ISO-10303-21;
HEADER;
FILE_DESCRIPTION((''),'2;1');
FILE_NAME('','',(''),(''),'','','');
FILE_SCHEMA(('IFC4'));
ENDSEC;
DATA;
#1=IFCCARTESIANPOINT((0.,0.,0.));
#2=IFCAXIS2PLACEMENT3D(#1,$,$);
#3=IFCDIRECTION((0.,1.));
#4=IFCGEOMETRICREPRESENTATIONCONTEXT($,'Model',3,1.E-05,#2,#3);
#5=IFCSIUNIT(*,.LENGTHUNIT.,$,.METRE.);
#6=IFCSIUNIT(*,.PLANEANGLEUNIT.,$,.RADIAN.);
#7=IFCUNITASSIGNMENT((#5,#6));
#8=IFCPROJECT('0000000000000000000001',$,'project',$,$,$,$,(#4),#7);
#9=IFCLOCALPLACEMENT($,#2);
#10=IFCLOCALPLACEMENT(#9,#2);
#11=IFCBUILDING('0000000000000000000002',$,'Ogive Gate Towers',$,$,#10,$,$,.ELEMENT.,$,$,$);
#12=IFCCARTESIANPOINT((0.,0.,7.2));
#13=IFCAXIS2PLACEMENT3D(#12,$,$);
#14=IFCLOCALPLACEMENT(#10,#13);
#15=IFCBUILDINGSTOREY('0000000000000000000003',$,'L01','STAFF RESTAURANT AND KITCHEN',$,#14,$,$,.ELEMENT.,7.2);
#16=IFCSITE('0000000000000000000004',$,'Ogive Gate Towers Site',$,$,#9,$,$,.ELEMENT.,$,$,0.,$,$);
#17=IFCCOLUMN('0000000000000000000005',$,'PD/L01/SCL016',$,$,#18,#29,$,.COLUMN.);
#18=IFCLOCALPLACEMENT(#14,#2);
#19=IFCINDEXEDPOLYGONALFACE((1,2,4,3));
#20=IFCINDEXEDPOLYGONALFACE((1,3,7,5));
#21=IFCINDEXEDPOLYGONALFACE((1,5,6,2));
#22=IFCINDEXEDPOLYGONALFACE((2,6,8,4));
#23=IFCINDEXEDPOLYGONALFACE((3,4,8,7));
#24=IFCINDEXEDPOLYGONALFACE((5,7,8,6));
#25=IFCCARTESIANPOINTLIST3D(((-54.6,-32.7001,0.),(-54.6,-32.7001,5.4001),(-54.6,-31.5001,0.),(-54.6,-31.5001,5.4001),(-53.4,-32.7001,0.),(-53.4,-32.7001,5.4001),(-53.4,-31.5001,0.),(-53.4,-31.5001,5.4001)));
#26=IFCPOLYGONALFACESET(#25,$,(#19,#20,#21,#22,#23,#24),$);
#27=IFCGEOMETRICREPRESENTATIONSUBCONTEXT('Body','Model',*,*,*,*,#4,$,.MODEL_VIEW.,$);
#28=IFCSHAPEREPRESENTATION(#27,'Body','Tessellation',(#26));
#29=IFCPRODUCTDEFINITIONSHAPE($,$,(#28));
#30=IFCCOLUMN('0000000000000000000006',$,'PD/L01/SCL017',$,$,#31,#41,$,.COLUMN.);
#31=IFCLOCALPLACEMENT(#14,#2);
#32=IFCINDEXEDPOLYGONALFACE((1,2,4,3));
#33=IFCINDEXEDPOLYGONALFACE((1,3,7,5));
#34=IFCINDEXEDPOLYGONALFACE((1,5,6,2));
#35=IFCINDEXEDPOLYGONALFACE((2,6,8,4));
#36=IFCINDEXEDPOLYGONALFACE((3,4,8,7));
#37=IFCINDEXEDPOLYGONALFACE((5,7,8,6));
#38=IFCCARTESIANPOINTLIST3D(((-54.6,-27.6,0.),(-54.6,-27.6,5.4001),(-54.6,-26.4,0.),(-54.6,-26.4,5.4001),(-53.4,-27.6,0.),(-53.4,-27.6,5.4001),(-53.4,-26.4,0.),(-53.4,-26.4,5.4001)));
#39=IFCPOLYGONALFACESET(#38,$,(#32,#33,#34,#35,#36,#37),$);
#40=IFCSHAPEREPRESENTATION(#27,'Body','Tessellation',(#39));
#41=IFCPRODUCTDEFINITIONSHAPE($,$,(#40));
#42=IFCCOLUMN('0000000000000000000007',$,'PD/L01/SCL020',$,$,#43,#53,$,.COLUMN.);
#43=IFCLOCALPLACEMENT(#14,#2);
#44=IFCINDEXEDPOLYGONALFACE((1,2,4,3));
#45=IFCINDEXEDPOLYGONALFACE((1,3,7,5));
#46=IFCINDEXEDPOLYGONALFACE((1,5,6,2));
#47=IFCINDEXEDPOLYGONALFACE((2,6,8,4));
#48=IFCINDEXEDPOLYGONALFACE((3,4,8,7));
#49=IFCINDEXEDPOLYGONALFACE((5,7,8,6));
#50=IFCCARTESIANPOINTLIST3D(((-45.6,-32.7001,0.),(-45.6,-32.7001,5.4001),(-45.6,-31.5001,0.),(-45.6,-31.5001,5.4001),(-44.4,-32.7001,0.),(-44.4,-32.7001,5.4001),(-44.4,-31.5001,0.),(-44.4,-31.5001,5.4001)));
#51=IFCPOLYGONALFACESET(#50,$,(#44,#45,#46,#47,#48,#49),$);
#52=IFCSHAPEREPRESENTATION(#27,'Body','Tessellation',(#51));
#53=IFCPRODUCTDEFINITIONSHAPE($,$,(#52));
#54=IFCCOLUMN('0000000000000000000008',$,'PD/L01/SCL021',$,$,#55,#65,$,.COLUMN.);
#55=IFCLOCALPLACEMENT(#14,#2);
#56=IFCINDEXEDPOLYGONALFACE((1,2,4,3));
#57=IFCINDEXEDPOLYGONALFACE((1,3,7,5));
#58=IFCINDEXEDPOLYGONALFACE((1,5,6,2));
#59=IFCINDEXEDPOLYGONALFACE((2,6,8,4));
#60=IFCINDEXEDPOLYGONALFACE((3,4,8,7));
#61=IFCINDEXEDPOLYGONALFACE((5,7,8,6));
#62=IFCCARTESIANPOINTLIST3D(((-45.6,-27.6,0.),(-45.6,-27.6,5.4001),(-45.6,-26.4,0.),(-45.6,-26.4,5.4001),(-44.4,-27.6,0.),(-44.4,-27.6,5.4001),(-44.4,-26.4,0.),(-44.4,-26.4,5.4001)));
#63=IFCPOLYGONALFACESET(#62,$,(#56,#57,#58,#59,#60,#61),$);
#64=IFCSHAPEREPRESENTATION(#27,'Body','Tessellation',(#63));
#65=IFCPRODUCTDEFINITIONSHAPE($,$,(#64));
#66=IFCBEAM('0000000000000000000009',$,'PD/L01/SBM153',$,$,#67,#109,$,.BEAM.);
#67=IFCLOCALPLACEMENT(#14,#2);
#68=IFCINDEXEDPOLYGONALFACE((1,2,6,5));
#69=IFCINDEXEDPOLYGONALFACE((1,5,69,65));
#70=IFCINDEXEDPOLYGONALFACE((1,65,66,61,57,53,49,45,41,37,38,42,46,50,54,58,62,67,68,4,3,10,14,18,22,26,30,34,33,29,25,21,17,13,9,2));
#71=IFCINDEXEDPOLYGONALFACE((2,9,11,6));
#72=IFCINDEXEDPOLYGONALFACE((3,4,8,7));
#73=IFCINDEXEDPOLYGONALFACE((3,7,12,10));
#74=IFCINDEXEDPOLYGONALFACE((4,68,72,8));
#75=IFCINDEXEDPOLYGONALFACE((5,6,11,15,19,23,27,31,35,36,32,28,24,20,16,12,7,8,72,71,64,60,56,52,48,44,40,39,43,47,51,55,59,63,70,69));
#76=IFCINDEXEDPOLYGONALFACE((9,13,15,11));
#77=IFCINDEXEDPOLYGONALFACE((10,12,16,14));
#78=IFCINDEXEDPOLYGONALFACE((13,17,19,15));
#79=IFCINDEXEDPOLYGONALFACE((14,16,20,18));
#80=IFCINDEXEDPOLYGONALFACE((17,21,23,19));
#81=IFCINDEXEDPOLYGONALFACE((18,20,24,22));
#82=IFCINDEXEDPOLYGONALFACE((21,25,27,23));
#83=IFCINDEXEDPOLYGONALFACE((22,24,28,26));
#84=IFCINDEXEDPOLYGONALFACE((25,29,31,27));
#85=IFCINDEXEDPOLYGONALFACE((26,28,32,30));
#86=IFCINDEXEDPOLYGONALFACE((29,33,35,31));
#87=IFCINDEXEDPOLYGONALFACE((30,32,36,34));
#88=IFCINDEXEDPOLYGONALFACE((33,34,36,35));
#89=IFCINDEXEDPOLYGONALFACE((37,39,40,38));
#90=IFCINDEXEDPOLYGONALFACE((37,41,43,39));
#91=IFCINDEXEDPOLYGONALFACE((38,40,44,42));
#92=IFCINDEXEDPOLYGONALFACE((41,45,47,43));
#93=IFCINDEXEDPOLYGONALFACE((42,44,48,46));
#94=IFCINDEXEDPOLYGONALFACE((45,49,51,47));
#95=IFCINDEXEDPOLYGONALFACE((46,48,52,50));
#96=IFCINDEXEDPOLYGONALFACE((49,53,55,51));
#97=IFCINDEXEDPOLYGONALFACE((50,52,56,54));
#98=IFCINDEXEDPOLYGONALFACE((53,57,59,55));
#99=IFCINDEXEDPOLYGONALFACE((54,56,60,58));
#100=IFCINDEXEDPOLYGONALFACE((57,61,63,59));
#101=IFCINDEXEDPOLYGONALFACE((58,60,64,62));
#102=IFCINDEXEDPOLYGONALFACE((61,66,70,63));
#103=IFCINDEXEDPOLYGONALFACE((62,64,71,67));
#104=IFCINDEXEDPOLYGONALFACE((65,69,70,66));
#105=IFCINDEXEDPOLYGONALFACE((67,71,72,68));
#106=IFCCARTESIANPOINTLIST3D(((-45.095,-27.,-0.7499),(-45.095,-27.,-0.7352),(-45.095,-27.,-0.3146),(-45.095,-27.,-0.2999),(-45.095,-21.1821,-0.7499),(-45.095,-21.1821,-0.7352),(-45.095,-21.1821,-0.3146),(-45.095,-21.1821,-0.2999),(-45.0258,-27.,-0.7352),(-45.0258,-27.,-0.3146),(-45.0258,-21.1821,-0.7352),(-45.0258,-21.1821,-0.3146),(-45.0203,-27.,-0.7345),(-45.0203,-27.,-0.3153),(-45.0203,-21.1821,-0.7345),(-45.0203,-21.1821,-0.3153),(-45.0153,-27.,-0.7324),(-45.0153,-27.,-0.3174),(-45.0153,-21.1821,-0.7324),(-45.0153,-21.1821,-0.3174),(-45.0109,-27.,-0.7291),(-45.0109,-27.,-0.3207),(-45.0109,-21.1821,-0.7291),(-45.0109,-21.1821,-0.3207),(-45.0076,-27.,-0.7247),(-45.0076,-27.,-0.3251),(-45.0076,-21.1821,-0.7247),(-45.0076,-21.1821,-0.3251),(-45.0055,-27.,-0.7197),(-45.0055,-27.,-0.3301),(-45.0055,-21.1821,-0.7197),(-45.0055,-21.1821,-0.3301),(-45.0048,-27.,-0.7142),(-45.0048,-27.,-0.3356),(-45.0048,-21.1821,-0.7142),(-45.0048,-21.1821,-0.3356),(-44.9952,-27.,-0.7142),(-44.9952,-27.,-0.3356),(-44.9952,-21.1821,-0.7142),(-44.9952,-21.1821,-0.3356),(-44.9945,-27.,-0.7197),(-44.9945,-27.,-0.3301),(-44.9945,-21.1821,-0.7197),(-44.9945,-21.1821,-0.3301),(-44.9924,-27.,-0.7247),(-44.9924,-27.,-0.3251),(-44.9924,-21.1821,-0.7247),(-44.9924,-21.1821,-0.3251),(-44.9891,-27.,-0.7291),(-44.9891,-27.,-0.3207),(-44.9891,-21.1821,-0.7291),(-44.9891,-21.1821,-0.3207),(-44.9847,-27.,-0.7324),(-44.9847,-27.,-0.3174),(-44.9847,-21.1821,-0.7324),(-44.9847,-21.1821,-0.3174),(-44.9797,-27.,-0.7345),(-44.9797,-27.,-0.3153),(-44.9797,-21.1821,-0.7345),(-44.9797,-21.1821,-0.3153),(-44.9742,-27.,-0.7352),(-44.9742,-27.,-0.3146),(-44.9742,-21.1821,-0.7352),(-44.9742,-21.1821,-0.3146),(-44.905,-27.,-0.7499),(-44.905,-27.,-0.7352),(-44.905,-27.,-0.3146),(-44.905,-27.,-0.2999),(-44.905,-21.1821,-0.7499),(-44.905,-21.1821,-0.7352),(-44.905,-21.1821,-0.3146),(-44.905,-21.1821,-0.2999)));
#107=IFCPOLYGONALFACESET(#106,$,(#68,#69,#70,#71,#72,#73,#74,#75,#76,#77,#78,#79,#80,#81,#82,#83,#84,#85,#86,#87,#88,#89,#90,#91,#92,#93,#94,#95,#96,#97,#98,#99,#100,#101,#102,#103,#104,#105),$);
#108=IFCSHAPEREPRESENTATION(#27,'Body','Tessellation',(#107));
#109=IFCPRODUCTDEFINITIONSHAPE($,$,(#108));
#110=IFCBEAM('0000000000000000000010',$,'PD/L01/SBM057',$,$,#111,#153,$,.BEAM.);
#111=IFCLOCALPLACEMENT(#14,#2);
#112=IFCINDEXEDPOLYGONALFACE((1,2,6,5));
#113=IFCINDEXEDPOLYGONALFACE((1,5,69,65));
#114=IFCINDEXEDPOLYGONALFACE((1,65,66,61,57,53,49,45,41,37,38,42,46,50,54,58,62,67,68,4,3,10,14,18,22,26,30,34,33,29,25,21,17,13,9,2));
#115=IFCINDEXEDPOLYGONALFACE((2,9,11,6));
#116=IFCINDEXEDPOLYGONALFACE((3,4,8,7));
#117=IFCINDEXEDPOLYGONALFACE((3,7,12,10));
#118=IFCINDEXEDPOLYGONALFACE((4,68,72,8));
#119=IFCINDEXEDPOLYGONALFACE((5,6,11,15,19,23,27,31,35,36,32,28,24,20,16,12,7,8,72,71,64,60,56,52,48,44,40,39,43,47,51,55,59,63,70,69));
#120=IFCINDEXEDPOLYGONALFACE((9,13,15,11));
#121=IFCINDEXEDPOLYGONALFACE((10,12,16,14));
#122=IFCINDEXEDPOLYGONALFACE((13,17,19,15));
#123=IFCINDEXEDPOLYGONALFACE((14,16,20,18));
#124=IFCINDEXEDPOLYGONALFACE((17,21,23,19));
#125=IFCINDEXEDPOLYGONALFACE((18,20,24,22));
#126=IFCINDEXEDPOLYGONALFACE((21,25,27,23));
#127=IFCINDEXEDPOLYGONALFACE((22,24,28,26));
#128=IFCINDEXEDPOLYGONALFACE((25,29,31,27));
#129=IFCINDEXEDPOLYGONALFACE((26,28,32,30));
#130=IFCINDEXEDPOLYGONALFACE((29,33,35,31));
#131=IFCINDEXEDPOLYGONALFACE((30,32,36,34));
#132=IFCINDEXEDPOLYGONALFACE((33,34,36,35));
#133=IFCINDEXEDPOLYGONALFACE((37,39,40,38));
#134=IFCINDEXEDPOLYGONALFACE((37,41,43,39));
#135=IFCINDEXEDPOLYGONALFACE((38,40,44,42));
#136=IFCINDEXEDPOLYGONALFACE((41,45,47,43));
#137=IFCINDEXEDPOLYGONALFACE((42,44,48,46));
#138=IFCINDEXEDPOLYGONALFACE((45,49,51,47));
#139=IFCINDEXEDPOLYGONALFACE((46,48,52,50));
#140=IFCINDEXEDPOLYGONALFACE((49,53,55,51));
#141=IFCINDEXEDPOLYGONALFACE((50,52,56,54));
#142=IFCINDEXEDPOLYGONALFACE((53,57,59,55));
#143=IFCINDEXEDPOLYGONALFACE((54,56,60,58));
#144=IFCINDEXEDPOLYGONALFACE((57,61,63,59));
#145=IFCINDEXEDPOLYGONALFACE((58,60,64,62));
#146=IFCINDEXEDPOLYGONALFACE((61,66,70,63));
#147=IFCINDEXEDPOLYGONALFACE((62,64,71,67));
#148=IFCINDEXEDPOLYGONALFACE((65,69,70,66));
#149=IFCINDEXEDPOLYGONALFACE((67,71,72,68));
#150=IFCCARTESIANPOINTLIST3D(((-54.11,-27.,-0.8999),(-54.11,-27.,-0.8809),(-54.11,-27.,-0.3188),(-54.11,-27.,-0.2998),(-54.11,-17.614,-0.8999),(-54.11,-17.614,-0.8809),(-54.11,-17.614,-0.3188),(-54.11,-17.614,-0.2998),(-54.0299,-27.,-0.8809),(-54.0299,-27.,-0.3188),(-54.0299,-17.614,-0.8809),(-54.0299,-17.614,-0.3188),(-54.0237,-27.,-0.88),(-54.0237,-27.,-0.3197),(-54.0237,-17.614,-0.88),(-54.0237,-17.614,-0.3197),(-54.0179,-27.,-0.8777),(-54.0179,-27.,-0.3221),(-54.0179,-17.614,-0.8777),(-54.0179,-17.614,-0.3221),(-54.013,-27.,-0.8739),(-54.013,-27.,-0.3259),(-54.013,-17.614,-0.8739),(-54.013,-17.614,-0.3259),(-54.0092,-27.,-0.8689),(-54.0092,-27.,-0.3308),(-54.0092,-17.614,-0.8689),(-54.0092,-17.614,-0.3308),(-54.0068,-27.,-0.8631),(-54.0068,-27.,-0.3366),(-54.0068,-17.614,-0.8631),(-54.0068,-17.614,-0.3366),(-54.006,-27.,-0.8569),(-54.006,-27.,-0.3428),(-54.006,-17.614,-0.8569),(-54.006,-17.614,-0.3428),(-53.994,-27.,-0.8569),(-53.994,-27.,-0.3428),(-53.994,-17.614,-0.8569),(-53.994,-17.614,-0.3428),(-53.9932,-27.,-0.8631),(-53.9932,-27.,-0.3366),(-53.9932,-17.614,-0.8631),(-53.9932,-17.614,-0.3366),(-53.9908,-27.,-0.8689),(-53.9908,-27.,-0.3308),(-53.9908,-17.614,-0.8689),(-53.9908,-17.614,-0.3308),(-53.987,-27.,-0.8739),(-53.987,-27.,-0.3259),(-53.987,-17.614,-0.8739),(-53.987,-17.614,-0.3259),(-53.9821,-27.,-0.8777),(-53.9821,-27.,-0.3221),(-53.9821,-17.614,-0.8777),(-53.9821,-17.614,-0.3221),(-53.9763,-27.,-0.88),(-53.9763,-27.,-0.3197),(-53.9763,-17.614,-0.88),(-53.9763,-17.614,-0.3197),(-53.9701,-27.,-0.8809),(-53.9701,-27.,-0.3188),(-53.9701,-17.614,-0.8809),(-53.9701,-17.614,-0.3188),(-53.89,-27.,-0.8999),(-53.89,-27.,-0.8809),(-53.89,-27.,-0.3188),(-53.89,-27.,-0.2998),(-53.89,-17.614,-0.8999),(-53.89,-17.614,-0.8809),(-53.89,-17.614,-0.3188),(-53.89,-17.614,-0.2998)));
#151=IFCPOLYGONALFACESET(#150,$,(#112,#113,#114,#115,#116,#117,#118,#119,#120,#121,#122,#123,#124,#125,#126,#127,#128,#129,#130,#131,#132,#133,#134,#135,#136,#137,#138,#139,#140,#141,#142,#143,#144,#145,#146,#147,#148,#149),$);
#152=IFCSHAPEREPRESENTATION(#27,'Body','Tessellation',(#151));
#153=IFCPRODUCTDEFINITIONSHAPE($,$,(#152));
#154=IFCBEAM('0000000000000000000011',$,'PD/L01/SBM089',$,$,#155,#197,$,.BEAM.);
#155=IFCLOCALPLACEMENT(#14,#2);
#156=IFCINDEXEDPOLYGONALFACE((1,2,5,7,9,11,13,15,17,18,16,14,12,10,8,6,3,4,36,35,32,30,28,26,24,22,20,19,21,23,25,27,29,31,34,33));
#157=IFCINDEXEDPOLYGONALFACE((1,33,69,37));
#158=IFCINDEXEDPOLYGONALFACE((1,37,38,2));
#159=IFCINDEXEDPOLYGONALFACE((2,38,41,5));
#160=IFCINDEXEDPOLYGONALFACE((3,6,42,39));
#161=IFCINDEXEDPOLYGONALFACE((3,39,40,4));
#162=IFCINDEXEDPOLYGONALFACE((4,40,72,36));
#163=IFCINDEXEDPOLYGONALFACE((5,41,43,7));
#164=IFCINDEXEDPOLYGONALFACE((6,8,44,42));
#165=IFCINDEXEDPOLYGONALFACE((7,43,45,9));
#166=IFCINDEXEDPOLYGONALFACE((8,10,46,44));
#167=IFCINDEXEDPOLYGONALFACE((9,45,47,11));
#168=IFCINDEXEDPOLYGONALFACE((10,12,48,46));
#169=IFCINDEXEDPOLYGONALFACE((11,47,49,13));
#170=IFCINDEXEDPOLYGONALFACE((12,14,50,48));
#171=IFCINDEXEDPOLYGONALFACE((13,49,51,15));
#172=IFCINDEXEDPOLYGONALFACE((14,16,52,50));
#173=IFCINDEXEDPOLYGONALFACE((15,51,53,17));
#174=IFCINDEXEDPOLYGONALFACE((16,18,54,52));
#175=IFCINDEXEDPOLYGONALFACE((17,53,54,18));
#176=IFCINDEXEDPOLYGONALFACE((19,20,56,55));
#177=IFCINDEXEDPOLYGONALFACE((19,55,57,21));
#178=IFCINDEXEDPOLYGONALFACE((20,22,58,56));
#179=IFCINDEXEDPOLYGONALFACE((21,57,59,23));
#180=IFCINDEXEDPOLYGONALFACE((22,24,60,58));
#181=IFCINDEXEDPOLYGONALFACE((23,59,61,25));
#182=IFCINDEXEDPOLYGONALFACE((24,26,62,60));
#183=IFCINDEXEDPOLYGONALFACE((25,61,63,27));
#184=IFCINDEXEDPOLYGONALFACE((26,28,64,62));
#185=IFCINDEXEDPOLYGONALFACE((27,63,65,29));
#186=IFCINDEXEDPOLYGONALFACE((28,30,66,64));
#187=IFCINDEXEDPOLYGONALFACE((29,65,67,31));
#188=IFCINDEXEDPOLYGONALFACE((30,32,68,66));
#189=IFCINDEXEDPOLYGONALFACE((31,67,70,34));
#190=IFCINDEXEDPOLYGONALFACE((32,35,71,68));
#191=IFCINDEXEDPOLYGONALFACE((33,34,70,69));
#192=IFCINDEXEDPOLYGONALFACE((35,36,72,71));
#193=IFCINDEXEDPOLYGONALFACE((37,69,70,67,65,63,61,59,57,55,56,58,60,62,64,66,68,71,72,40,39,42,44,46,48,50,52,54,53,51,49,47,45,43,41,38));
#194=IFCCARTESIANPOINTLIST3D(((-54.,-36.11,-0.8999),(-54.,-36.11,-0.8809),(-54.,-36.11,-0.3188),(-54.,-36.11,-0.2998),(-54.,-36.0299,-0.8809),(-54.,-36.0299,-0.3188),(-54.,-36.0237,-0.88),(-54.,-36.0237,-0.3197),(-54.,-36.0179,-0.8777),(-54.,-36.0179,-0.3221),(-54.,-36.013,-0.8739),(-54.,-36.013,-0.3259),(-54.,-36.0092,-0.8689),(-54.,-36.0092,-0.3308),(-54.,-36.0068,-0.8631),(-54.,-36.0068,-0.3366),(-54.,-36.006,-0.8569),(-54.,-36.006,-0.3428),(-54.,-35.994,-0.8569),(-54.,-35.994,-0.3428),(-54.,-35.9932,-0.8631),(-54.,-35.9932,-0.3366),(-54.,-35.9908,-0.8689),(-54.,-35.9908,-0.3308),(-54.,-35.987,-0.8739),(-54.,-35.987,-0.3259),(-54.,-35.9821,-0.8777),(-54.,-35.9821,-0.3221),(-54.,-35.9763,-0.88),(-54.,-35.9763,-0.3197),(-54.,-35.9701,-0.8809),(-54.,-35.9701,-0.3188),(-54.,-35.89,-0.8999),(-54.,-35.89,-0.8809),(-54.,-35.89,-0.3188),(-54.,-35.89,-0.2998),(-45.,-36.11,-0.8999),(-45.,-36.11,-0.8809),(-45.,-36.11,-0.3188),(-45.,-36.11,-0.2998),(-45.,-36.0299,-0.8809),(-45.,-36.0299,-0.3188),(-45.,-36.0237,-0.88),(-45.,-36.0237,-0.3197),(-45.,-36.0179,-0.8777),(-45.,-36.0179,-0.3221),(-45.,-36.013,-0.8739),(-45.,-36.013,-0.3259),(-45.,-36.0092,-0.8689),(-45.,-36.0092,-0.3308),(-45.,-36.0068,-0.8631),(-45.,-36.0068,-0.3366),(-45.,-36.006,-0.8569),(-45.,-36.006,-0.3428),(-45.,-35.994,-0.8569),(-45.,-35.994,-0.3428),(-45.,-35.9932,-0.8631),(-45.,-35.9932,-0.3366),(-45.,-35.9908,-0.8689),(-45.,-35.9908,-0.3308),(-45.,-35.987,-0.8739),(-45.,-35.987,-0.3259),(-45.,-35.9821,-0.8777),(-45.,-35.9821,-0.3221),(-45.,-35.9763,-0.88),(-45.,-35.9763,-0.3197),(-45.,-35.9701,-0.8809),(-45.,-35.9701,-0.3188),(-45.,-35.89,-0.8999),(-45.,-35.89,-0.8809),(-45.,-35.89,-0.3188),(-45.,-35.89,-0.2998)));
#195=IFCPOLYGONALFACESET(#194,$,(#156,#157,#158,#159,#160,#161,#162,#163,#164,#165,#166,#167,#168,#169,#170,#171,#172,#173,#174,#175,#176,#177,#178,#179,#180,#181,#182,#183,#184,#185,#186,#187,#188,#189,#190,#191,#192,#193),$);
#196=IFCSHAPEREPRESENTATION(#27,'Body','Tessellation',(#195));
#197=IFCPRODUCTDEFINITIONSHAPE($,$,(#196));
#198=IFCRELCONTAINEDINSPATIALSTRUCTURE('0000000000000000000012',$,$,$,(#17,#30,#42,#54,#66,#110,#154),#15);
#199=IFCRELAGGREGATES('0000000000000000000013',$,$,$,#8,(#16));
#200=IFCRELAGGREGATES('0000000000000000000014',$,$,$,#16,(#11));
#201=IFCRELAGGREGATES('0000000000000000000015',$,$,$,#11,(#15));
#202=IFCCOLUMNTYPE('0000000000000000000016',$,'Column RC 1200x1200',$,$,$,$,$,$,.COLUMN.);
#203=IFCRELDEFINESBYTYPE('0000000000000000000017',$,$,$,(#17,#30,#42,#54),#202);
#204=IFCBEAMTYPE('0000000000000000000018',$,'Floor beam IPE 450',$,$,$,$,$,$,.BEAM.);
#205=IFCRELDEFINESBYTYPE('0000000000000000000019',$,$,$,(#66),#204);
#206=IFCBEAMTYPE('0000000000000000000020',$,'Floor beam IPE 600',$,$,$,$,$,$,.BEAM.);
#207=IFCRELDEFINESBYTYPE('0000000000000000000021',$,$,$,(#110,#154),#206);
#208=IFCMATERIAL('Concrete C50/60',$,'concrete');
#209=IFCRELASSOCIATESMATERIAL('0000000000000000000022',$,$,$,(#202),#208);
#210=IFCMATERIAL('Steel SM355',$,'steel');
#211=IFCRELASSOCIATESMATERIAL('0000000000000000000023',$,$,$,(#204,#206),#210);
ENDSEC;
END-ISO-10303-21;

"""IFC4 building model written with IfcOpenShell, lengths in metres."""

from ifc_helpers import new_model, si_unit, direction, frame, origin, origin_2d, place, context, subcontext, project, spatial, rectangle, i_section, extrude, material, material_profile, profile_set, type_object, element, save


model = new_model("IFC4")

# Units and contexts
model_context = context("Model", 3, precision=1e-05, world=origin(), true_north=direction((0.0, 1.0)))
body_context = subcontext(model_context, "Body", "Model", "MODEL_VIEW")
ifc_project = project(units=[si_unit("LENGTHUNIT", "METRE"), si_unit("PLANEANGLEUNIT", "RADIAN")], contexts=[model_context])

# Site, building, storey
site_placement = place(None, origin())
site = spatial("IfcSite", under=ifc_project, at=site_placement, Name="Ogive Gate Towers Site", CompositionType="ELEMENT", RefElevation=0.0)
building_placement = place(site_placement, origin())
building = spatial("IfcBuilding", under=site, at=building_placement, Name="Ogive Gate Towers", CompositionType="ELEMENT")
storey_placement = place(building_placement, frame((0.0, 0.0, 7.2)))
storey = spatial("IfcBuildingStorey", under=building, at=storey_placement, Name="L01", Description="STAFF RESTAURANT AND KITCHEN", CompositionType="ELEMENT", Elevation=7.2)

# Columns
ifc_material_1 = material(Name="Concrete C50/60", Category="concrete")
ifc_material_profile_1 = material_profile(ifc_material_1, rectangle(XDim=1.2, YDim=1.2, at=origin_2d()), Name="RC 1200x1200")
ifc_profile_set_1 = profile_set([ifc_material_profile_1], Name="Concrete C50/60")
column_type = type_object("IfcColumnType", Name="Column RC 1200x1200", PredefinedType="COLUMN", material=ifc_profile_set_1)
for number, where, z_axis, x_axis, name in (
    (1, (-54.0, -32.1001, 0.0), (0.0, 0.0, 1.0), (1.0, 0.0, 0.0), "PD/L01/SCL016"),
    (2, (-54.0, -27.0, 0.0), (0.0, 0.0, 1.0), (1.0, 0.0, 0.0), "PD/L01/SCL017"),
    (3, (-45.0, -32.1001, 0.0), (0.0, 0.0, 1.0), (1.0, 0.0, 0.0), "PD/L01/SCL020"),
    (4, (-45.0, -27.0, 0.0), (0.0, 0.0, 1.0), (1.0, 0.0, 0.0), "PD/L01/SCL021"),
):
    element("IfcColumn", number, at=place(storey_placement, frame(where, z_axis=z_axis, x_axis=x_axis)), inside=storey, type_object=column_type, Name=name, PredefinedType="COLUMN", context=body_context, shape_type="SweptSolid", body=[
        extrude(rectangle(XDim=1.2, YDim=1.2, at=origin_2d()), origin(), (0.0, 0.0, 1.0), 5.4001),
    ])

# Beams
ifc_material_2 = material(Name="Steel SM355", Category="steel")
ifc_material_profile_2 = material_profile(ifc_material_2, i_section(OverallWidth=0.1899, OverallDepth=0.45, WebThickness=0.0095, FlangeThickness=0.0146, FilletRadius=0.021, at=origin_2d()), Name="IPE 450")
ifc_profile_set_2 = profile_set([ifc_material_profile_2], Name="Steel SM355")
beam_type_1 = type_object("IfcBeamType", Name="Floor beam IPE 450", PredefinedType="BEAM", material=ifc_profile_set_2)
beam_1_placement = place(storey_placement, frame((-45.0, -27.0, -0.5249), z_axis=(0.0, 1.0, 0.0), x_axis=(-1.0, 0.0, 0.0)))
element("IfcBeam", 5, at=beam_1_placement, inside=storey, type_object=beam_type_1, Name="PD/L01/SBM153", PredefinedType="BEAM", context=body_context, shape_type="SweptSolid", body=[
    extrude(i_section(OverallWidth=0.1899, OverallDepth=0.45, WebThickness=0.0095, FlangeThickness=0.0146, FilletRadius=0.021, at=origin_2d()), origin(), (0.0, 0.0, 1.0), 5.8179),
])
ifc_material_profile_3 = material_profile(ifc_material_2, i_section(OverallWidth=0.22, OverallDepth=0.6001, WebThickness=0.012, FlangeThickness=0.019, FilletRadius=0.0239, at=origin_2d()), Name="IPE 600")
ifc_profile_set_3 = profile_set([ifc_material_profile_3], Name="Steel SM355")
beam_type_2 = type_object("IfcBeamType", Name="Floor beam IPE 600", PredefinedType="BEAM", material=ifc_profile_set_3)
beam_2_placement = place(storey_placement, frame((-54.0, -27.0, -0.5999), z_axis=(0.0, 1.0, 0.0), x_axis=(-1.0, 0.0, 0.0)))
element("IfcBeam", 6, at=beam_2_placement, inside=storey, type_object=beam_type_2, Name="PD/L01/SBM057", PredefinedType="BEAM", context=body_context, shape_type="SweptSolid", body=[
    extrude(i_section(OverallWidth=0.22, OverallDepth=0.6001, WebThickness=0.012, FlangeThickness=0.019, FilletRadius=0.0239, at=origin_2d()), origin(), (0.0, 0.0, 1.0), 9.386),
])
for number, where, z_axis, x_axis, name in (
    (7, (-54.0, -36.0, -0.5999), (1.0, 0.0, 0.0), (0.0, 1.0, 0.0), "PD/L01/SBM089"),
):
    element("IfcBeam", number, at=place(storey_placement, frame(where, z_axis=z_axis, x_axis=x_axis)), inside=storey, type_object=beam_type_2, Name=name, PredefinedType="BEAM", context=body_context, shape_type="SweptSolid", body=[
        extrude(i_section(OverallWidth=0.22, OverallDepth=0.6001, WebThickness=0.012, FlangeThickness=0.019, FilletRadius=0.0239, at=origin_2d()), origin(), (0.0, 0.0, 1.0), 9.0),
    ])

save(model, "model.ifc")
